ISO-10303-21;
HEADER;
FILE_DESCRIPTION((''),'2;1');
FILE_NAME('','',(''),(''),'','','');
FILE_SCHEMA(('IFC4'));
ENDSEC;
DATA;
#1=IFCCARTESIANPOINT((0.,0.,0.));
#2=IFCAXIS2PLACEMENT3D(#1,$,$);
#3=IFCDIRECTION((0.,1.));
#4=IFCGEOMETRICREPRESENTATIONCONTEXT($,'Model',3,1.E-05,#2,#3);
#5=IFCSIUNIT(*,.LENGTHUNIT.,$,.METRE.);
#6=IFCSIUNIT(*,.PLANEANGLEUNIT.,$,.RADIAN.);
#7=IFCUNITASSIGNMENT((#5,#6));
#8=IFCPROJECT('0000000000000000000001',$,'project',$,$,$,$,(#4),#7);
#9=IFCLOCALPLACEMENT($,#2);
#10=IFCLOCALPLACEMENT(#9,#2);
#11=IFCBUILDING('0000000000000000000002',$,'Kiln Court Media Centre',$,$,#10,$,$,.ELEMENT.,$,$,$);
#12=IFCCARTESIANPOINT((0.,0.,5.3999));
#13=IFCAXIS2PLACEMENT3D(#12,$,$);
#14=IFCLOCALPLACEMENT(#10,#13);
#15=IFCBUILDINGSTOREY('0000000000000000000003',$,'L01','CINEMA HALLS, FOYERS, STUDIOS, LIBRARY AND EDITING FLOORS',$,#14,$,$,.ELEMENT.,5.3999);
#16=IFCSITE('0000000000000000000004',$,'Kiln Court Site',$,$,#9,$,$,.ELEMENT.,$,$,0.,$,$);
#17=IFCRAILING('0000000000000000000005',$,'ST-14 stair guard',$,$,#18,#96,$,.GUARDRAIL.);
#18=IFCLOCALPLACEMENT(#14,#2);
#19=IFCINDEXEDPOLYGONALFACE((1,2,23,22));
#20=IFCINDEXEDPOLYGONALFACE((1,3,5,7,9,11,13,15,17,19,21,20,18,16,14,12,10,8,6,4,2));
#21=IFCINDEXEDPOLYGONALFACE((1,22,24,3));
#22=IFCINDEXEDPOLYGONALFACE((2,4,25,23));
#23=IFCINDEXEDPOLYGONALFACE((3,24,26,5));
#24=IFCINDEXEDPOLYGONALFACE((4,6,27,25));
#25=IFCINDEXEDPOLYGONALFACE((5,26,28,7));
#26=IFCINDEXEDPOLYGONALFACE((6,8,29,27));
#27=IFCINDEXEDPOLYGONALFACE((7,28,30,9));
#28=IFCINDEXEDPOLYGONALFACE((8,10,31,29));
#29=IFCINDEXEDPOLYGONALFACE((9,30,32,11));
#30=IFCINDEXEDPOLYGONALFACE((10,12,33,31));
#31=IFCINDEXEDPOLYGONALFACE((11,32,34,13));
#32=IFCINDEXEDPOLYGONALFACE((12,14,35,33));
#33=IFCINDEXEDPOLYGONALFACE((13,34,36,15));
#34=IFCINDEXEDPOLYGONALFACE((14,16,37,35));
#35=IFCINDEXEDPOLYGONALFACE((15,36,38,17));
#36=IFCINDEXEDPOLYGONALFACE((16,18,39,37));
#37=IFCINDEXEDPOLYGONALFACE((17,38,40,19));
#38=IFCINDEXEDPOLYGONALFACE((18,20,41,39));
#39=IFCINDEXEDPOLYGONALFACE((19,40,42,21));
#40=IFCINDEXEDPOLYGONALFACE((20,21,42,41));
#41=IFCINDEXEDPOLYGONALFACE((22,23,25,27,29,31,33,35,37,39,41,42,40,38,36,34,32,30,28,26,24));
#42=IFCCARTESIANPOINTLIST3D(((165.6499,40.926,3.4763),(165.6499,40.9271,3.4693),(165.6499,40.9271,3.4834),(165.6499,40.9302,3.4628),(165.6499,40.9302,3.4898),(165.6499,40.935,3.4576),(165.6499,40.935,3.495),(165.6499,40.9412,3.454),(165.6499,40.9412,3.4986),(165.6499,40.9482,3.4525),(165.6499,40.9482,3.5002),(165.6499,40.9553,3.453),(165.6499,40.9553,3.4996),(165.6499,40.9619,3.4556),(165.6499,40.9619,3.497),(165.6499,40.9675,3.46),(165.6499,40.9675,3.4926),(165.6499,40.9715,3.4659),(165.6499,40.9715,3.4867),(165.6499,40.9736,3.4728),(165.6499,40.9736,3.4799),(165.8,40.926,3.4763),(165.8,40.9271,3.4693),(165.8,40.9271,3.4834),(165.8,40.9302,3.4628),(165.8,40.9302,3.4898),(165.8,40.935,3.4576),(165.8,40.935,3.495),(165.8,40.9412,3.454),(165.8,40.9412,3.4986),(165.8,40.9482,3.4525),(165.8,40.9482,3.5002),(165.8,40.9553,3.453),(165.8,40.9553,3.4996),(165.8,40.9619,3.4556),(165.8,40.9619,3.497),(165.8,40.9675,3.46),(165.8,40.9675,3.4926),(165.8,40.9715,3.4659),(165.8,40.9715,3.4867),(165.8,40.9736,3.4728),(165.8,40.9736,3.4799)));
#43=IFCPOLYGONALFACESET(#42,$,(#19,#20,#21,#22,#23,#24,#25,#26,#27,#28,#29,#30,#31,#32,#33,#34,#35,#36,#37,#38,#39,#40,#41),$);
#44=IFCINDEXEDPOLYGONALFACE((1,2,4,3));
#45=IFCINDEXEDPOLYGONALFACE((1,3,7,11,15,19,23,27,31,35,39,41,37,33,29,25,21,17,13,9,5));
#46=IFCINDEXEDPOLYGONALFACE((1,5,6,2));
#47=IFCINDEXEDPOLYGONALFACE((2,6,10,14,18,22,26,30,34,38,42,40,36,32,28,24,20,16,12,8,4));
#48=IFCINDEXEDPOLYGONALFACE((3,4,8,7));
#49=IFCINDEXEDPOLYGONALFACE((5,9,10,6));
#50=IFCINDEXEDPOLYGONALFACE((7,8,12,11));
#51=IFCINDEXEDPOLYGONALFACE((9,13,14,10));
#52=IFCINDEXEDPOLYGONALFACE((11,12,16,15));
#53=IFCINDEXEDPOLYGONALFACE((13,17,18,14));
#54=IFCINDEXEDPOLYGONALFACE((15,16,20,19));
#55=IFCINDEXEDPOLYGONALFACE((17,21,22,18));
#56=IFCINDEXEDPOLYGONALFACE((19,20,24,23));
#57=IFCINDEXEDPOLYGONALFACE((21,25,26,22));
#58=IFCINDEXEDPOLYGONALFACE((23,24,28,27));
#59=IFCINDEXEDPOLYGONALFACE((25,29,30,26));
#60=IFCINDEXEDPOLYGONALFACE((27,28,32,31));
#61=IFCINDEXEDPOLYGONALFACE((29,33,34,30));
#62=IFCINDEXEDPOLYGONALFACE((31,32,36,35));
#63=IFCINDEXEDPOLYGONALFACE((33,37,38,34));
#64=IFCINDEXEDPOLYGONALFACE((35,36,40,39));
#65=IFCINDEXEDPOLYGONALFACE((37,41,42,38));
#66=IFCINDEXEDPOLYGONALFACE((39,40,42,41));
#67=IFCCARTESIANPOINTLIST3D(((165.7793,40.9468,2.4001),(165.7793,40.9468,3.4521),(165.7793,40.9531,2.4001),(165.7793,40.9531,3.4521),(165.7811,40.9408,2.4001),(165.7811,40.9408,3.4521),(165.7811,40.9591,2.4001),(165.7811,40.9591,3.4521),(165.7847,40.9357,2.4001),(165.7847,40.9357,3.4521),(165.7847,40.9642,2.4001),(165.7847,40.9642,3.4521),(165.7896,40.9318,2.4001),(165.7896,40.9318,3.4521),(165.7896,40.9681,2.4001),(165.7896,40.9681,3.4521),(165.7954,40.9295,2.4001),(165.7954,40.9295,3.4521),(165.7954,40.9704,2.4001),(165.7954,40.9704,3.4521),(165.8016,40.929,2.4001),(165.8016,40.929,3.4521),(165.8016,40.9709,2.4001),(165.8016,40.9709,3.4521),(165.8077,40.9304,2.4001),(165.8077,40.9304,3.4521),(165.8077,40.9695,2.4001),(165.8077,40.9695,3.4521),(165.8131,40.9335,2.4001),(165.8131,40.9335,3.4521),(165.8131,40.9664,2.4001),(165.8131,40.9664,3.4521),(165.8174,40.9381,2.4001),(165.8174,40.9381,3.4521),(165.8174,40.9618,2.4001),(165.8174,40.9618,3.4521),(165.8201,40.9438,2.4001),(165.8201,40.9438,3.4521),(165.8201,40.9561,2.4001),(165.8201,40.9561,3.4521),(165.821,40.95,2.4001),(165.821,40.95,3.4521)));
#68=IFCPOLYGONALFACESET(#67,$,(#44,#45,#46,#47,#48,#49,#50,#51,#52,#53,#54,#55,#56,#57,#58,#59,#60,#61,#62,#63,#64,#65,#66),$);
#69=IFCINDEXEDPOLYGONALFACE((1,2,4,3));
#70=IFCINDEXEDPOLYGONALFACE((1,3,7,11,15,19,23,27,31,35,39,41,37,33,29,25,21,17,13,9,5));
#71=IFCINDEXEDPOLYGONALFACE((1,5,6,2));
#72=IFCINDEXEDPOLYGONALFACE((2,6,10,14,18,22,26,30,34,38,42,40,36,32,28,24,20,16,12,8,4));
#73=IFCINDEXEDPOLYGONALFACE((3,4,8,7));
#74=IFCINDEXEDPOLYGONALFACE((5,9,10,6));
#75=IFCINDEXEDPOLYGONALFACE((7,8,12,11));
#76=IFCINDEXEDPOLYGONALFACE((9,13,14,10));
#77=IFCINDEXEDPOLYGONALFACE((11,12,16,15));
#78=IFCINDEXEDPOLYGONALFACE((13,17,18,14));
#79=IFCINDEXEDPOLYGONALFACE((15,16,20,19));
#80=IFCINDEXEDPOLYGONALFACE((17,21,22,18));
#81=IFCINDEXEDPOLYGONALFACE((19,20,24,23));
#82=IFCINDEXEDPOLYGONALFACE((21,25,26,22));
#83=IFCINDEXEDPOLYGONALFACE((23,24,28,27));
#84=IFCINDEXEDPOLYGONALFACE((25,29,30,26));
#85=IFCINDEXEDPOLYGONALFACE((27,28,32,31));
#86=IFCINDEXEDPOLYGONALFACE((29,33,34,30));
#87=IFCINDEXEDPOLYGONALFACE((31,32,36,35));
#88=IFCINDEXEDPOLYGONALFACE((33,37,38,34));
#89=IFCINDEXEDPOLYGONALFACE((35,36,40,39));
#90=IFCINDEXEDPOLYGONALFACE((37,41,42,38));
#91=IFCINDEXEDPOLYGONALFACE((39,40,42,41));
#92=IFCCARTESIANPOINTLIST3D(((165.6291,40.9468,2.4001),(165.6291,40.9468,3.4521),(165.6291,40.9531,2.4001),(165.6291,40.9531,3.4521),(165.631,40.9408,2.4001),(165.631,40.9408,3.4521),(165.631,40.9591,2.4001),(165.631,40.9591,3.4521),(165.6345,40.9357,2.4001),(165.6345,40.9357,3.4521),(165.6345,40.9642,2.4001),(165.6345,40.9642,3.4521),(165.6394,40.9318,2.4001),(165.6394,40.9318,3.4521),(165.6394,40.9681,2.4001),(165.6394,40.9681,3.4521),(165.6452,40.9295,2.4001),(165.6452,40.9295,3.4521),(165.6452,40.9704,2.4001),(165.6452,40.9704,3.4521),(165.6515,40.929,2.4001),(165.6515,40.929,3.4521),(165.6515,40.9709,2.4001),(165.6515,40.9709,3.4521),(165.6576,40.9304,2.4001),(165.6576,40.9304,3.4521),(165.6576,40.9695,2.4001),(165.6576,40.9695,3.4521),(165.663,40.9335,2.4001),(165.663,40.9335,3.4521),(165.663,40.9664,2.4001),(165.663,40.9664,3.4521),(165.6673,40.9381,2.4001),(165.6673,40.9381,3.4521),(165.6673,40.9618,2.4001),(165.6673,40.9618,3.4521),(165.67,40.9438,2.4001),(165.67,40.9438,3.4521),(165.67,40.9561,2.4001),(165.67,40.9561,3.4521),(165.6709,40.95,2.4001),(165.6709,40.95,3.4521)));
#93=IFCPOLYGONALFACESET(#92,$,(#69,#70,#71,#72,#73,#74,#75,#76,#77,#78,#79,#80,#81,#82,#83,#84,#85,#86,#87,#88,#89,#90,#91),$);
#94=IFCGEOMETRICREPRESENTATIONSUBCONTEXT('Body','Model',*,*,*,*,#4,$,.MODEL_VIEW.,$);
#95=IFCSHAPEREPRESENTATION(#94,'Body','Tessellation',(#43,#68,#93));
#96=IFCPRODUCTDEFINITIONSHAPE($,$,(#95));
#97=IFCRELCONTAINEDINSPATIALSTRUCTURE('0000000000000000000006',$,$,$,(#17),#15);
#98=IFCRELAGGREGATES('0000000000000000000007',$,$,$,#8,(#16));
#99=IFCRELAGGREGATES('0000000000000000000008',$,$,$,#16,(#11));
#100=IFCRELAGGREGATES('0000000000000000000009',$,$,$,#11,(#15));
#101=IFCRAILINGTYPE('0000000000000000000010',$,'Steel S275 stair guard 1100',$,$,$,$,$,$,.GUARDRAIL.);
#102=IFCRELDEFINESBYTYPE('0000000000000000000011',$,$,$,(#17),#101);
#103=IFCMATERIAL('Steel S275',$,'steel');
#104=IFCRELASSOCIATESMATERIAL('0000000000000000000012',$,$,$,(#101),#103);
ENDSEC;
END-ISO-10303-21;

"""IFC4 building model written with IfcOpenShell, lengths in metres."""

from ifc_helpers import new_model, si_unit, direction, frame, origin, origin_2d, place, context, subcontext, project, spatial, circle, extrude, material, type_object, element, save


model = new_model("IFC4")

# Units and contexts
model_context = context("Model", 3, precision=1e-05, world=origin(), true_north=direction((0.0, 1.0)))
body_context = subcontext(model_context, "Body", "Model", "MODEL_VIEW")
ifc_project = project(units=[si_unit("LENGTHUNIT", "METRE"), si_unit("PLANEANGLEUNIT", "RADIAN")], contexts=[model_context])

# Site, building, storey
site_placement = place(None, origin())
site = spatial("IfcSite", under=ifc_project, at=site_placement, Name="Kiln Court Site", CompositionType="ELEMENT", RefElevation=0.0)
building_placement = place(site_placement, origin())
building = spatial("IfcBuilding", under=site, at=building_placement, Name="Kiln Court Media Centre", CompositionType="ELEMENT")
storey_placement = place(building_placement, frame((0.0, 0.0, 5.3999)))
storey = spatial("IfcBuildingStorey", under=building, at=storey_placement, Name="L01", Description="CINEMA HALLS, FOYERS, STUDIOS, LIBRARY AND EDITING FLOORS", CompositionType="ELEMENT", Elevation=5.3999)

# Railing
ifc_material_1 = material(Name="Steel S275", Category="steel")
railing_type_1 = type_object("IfcRailingType", Name="Steel S275 stair guard 1100", PredefinedType="GUARDRAIL", material=ifc_material_1)
railing_1_placement = place(storey_placement, frame((165.8, 40.95, 2.4001)))
element("IfcRailing", 1, at=railing_1_placement, inside=storey, type_object=railing_type_1, Name="ST-14 stair guard", PredefinedType="GUARDRAIL", context=body_context, shape_type="SweptSolid", body=[
    extrude(circle(Radius=0.0239, at=origin_2d()), frame((0.0, 0.0, 1.0762), z_axis=(-1.0, 0.0, 0.0), x_axis=(0.0, -1.0, 0.0)), (0.0, 0.0, 1.0), 0.1501),
    extrude(circle(Radius=0.021, at=origin_2d()), origin(), (0.0, 0.0, 1.0), 1.052),
    extrude(circle(Radius=0.021, at=origin_2d()), frame((-0.1501, 0.0, 0.0)), (0.0, 0.0, 1.0), 1.052),
])

save(model, "model.ifc")
